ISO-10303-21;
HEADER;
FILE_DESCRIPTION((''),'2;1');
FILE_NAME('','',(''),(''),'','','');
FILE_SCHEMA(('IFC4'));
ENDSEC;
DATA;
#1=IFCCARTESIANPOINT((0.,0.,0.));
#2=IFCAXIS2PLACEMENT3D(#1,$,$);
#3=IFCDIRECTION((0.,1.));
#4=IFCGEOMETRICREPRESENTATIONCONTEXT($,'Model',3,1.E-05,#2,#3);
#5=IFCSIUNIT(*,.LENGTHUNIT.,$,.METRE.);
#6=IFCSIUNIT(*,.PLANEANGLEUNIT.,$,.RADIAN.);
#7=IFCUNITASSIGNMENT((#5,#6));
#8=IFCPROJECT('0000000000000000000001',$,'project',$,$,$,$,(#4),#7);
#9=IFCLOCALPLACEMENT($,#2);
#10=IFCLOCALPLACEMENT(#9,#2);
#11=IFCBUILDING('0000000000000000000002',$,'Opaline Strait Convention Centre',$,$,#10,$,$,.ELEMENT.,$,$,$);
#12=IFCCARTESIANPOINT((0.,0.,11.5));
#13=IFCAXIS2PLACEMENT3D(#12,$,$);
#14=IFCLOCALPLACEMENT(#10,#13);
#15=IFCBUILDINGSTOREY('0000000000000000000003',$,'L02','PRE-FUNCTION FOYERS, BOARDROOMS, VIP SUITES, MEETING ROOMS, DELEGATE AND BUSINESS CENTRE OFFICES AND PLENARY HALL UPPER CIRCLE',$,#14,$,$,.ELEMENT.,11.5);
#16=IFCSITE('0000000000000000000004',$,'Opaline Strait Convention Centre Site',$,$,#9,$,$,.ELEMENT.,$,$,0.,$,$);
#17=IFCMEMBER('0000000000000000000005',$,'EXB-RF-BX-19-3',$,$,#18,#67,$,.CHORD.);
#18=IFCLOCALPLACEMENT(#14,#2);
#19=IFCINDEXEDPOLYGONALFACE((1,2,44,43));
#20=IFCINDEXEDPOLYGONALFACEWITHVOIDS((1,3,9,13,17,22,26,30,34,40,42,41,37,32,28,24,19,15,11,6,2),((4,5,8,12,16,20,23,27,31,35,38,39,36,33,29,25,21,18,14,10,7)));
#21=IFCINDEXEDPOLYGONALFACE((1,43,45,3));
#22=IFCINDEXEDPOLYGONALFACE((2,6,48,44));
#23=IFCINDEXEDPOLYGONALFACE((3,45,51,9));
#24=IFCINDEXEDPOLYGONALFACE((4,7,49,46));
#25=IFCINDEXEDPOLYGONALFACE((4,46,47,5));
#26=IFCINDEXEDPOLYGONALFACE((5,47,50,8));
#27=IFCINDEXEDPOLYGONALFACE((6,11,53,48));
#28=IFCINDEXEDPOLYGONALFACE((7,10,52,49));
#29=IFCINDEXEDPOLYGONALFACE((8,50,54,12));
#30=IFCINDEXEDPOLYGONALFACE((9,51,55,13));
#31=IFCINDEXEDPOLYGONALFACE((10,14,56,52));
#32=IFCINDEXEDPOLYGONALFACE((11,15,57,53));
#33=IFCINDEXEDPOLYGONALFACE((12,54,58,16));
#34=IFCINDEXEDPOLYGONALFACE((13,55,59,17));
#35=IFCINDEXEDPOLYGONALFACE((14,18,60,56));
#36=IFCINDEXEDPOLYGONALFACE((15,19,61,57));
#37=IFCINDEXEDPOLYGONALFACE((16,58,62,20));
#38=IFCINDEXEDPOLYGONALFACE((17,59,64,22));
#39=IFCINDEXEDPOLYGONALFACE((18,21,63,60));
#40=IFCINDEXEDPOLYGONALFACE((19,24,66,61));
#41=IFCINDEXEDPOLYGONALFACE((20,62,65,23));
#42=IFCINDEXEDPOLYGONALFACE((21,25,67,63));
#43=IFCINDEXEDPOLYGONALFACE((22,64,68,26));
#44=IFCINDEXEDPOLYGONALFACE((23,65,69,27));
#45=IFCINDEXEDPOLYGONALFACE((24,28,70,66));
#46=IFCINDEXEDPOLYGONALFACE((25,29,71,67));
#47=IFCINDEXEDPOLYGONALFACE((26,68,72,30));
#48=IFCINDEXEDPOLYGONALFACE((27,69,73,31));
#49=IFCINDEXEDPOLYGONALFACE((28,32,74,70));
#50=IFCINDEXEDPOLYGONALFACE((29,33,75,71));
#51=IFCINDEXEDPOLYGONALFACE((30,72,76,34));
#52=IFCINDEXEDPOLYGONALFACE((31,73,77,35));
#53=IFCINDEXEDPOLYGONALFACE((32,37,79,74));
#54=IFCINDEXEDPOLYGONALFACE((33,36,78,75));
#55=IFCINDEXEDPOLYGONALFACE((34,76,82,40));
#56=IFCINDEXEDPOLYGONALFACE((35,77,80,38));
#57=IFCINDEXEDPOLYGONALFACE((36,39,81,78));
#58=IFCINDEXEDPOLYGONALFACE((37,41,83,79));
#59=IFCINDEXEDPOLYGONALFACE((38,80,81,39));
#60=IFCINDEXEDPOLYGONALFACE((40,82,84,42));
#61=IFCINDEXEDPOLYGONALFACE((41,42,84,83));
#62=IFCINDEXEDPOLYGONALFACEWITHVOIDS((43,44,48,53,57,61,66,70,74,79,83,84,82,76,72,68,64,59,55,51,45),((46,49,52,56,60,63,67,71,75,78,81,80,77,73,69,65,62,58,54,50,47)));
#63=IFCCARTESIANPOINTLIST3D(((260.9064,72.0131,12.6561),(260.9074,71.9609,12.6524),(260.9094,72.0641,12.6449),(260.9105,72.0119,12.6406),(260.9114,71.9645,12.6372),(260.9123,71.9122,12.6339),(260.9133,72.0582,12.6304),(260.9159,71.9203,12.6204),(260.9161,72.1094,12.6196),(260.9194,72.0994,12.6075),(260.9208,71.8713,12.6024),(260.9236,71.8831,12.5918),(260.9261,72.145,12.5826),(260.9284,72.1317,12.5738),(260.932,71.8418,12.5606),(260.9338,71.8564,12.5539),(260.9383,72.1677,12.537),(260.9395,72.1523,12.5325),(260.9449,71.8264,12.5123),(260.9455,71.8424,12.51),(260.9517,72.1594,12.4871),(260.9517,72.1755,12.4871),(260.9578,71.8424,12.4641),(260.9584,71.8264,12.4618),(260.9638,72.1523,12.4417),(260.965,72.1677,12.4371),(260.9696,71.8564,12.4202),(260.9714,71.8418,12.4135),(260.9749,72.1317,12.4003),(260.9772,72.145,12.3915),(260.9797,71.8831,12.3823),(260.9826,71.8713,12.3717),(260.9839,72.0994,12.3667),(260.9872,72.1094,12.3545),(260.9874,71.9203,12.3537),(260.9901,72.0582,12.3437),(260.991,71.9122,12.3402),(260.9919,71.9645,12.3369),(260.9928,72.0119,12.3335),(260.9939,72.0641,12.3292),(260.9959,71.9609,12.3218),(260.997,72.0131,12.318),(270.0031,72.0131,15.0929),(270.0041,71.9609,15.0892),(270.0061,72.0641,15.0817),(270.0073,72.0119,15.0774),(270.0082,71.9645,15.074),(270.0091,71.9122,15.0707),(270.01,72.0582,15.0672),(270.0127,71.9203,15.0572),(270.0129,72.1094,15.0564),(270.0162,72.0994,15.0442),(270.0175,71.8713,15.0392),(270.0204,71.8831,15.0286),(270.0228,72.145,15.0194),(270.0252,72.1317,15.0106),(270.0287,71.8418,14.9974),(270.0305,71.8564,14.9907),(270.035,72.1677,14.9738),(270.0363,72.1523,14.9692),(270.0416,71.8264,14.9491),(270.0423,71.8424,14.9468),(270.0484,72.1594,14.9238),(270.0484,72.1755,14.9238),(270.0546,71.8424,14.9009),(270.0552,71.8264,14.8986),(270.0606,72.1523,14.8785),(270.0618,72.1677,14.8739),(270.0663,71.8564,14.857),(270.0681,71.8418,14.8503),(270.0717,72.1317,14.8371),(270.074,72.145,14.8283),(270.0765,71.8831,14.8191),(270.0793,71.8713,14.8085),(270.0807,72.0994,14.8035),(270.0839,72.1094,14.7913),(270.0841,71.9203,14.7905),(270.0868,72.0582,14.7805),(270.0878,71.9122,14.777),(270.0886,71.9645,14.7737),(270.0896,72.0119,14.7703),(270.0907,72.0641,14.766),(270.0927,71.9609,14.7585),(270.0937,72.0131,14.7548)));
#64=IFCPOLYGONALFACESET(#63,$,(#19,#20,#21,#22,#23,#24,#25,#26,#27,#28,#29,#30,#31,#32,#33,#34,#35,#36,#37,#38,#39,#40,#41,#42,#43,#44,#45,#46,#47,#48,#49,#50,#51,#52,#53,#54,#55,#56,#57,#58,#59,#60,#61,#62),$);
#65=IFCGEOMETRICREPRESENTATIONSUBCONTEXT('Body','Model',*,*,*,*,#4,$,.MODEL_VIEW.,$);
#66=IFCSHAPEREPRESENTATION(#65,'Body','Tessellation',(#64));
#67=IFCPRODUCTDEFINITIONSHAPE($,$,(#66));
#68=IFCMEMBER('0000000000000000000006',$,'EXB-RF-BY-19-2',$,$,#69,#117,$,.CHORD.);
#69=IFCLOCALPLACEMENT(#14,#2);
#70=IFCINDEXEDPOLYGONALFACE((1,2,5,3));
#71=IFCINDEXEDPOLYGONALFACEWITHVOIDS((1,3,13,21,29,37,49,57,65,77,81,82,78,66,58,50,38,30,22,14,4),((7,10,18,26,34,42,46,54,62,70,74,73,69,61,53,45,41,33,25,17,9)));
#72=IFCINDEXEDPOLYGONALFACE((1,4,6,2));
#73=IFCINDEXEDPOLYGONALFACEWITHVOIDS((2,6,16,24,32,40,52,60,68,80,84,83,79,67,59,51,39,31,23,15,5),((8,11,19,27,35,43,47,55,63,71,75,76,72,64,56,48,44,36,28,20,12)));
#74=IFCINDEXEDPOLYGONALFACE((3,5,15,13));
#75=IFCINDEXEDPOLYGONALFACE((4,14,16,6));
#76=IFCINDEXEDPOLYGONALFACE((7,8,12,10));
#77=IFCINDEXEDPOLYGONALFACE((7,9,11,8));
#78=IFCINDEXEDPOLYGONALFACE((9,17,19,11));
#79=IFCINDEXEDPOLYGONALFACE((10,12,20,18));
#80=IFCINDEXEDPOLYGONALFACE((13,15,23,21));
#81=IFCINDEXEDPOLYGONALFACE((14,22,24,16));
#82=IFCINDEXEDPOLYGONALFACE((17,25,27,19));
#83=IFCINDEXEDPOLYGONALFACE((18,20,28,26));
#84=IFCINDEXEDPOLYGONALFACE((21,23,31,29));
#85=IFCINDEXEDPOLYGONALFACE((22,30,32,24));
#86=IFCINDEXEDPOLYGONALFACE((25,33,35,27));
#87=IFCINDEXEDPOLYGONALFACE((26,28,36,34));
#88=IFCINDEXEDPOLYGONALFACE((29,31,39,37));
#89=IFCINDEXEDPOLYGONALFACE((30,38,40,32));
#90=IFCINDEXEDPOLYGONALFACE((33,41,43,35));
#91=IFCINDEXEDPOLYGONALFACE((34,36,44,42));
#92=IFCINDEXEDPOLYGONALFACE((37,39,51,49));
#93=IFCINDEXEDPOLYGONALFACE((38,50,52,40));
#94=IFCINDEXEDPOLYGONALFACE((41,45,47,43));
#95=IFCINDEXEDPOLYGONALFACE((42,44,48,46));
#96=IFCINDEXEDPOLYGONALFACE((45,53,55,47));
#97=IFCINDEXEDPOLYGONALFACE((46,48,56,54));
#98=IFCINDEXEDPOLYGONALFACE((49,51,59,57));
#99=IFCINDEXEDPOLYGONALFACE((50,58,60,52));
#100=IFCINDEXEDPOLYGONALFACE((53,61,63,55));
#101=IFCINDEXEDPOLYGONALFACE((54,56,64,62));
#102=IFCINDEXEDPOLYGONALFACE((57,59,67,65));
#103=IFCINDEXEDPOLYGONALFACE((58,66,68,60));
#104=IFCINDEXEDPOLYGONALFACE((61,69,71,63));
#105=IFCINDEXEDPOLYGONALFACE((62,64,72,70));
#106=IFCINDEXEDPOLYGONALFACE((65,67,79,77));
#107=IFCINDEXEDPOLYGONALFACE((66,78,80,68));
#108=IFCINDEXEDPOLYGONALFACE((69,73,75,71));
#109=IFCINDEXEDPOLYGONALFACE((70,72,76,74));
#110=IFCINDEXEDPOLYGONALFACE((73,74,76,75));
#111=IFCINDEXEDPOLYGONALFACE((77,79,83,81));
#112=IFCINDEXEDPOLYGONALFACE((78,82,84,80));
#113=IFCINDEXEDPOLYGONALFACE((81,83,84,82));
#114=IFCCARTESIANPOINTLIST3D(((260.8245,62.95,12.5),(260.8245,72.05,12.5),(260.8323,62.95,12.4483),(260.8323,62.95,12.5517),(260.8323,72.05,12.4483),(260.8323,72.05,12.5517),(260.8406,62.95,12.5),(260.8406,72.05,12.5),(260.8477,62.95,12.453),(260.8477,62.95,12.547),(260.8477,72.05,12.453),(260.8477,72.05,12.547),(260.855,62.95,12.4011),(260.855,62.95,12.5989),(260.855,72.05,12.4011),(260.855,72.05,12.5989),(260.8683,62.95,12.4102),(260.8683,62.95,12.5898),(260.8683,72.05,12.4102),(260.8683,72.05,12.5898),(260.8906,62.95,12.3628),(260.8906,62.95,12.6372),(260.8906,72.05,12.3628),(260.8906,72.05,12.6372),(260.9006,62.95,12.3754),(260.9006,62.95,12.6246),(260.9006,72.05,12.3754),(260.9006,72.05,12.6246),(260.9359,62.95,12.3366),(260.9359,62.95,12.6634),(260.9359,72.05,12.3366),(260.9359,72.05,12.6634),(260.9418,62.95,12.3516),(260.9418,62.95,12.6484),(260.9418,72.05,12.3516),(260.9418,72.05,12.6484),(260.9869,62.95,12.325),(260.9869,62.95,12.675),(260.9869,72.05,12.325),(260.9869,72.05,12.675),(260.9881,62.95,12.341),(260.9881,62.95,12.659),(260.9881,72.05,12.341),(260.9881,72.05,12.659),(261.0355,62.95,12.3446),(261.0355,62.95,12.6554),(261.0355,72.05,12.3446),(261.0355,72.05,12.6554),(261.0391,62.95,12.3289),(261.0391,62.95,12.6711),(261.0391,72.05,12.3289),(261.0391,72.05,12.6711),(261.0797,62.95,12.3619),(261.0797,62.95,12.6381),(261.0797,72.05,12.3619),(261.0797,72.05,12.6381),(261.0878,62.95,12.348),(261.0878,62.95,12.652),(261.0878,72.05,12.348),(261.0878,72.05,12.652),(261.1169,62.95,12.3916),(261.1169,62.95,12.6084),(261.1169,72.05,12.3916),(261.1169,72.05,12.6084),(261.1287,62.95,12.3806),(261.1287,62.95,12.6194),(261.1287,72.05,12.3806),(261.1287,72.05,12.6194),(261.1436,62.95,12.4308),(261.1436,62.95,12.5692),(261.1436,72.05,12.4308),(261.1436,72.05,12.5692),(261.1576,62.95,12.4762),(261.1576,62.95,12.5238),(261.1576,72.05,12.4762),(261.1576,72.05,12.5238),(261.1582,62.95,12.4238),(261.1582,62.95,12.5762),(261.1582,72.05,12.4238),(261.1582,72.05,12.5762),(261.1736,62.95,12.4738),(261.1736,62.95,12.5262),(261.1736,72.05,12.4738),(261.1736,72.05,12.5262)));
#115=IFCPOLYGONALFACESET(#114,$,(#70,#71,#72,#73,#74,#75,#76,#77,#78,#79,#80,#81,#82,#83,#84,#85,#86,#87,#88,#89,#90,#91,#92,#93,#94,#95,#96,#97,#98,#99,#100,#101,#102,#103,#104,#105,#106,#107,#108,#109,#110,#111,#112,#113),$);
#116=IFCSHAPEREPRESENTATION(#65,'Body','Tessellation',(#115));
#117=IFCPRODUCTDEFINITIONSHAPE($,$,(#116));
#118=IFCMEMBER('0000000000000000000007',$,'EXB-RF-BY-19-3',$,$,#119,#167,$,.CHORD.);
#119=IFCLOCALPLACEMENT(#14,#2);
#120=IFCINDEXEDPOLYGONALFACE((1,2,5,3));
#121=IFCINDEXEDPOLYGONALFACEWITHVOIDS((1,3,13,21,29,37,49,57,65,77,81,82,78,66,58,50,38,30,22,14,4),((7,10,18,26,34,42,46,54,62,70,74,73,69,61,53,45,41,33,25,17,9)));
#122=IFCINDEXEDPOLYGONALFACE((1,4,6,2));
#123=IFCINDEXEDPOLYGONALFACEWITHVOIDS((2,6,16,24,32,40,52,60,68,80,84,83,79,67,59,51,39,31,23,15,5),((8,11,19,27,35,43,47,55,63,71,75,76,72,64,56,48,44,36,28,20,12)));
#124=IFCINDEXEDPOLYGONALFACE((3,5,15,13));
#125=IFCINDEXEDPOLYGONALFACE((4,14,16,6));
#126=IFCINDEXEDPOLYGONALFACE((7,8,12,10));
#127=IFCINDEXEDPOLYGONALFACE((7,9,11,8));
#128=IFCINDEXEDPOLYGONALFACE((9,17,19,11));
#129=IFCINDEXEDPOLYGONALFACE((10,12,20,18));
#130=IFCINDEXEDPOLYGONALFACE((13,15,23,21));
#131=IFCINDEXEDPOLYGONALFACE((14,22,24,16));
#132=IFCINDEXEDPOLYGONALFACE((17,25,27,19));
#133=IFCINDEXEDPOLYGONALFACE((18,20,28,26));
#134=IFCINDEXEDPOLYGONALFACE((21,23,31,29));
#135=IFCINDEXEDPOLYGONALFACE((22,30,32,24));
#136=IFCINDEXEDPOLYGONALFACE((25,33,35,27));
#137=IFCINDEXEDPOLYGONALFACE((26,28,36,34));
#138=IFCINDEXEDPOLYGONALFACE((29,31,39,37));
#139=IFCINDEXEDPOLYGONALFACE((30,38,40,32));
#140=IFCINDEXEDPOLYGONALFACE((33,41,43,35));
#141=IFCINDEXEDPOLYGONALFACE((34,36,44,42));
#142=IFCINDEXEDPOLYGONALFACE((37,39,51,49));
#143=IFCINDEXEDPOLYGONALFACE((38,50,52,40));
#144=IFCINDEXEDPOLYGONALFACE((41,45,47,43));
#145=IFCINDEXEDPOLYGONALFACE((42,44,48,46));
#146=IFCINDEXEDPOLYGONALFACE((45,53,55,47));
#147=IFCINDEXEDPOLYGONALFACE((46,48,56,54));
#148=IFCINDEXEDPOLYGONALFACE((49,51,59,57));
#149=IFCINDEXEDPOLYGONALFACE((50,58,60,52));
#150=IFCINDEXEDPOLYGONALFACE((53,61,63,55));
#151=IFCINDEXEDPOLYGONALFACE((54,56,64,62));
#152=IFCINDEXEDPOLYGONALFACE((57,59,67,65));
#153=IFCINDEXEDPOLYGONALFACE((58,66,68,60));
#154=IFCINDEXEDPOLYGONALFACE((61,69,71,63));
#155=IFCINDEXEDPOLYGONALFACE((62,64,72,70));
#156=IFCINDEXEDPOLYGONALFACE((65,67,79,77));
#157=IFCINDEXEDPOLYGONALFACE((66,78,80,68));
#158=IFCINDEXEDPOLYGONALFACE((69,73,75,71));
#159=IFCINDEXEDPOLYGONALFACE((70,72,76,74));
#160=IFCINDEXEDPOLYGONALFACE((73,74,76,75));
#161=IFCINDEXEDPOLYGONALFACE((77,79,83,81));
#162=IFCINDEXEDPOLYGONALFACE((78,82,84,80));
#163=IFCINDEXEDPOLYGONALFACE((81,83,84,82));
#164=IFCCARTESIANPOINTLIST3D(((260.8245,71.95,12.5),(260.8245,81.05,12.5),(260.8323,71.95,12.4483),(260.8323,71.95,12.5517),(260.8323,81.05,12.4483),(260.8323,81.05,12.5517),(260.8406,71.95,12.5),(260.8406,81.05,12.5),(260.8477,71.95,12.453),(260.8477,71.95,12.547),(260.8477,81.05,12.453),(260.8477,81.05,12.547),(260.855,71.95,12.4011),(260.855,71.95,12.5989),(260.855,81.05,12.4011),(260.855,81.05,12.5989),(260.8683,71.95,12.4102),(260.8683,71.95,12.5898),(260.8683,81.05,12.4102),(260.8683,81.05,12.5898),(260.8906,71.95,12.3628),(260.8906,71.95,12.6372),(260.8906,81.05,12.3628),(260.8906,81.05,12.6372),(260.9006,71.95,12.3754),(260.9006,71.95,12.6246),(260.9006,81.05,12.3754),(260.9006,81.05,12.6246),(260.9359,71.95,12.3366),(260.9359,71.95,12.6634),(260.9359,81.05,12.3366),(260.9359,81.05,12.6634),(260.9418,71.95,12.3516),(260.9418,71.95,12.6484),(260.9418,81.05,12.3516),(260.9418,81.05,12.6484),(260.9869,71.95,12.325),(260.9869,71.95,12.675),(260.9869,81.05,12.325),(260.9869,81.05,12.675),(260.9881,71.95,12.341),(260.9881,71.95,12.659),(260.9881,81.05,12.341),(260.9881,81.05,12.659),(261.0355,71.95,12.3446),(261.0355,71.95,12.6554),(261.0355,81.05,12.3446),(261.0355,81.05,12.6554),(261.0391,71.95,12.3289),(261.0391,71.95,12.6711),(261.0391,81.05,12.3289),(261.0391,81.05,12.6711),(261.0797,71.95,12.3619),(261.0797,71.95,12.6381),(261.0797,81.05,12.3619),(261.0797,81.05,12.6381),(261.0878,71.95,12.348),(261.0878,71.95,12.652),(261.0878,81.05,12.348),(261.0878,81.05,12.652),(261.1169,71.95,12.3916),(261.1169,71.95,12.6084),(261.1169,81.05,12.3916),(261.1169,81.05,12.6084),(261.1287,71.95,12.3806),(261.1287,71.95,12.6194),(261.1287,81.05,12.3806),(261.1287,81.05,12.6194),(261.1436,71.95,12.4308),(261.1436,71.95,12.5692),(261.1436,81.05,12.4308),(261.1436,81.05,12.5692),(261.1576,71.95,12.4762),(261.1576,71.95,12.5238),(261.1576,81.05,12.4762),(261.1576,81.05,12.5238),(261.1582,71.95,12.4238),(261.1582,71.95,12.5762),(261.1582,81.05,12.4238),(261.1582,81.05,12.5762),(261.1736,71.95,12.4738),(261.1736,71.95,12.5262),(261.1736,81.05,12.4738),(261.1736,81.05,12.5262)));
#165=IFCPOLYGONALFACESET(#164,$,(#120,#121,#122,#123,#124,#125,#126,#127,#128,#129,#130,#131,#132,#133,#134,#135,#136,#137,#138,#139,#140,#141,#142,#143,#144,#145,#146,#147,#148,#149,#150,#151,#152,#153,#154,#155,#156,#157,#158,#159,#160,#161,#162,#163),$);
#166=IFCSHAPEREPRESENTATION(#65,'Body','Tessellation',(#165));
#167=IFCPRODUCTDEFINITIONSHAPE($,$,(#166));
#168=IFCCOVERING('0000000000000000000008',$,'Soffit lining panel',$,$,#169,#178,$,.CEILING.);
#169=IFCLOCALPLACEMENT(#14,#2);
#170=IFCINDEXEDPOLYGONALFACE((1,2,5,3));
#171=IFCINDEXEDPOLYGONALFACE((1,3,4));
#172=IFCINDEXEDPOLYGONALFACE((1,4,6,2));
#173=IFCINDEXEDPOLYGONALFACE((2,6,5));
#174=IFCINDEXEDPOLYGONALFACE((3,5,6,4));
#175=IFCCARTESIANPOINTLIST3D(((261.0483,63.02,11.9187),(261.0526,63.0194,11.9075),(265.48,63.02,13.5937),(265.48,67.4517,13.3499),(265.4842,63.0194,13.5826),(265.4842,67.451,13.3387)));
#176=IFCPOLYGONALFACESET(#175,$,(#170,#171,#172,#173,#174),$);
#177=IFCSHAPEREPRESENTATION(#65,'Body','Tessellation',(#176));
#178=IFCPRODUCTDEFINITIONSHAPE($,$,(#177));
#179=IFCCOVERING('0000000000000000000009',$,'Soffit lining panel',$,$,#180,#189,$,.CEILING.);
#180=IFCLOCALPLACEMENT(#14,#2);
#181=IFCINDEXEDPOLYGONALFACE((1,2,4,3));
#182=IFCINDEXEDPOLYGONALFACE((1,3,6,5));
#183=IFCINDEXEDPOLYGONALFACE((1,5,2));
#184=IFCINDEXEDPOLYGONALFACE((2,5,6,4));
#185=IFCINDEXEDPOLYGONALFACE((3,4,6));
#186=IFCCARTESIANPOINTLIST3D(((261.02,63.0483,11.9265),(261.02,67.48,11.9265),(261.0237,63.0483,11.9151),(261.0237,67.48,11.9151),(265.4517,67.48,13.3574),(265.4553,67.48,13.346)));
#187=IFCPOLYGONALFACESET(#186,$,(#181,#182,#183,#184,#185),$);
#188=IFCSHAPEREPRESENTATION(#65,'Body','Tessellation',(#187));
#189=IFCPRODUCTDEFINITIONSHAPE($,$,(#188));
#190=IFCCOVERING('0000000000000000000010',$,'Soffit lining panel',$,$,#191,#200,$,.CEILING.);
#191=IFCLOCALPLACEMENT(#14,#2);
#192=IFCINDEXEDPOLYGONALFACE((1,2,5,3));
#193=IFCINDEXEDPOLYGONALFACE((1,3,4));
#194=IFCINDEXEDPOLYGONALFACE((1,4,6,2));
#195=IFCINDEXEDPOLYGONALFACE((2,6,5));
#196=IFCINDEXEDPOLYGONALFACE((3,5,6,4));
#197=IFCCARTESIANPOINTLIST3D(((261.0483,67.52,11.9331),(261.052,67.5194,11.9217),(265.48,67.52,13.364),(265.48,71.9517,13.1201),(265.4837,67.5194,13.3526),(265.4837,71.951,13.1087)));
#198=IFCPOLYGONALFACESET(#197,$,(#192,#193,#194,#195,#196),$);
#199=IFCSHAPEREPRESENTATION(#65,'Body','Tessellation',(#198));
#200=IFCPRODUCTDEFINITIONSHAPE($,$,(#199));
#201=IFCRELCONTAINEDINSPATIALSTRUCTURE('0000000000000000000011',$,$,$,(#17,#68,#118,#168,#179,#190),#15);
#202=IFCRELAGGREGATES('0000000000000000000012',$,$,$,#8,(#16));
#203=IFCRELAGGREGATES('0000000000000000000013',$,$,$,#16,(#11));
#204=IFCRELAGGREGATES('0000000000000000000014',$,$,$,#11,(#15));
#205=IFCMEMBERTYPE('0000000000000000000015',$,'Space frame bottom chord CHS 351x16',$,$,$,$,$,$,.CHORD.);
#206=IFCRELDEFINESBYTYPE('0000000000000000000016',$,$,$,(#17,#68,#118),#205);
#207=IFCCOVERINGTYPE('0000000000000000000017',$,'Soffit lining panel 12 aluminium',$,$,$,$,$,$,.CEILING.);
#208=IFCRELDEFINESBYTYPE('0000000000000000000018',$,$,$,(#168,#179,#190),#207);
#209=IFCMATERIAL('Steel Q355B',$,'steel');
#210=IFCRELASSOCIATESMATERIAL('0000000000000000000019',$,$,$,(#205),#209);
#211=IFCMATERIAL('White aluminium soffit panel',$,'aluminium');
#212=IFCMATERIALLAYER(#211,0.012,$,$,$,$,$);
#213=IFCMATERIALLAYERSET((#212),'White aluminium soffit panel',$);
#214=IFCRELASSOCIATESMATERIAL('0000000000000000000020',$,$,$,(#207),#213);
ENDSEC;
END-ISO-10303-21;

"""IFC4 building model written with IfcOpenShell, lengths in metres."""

from ifc_helpers import new_model, si_unit, direction, frame, origin, origin_2d, place, context, subcontext, project, spatial, polyline, hollow_circle, outline, extrude, material, layer, layer_set, material_profile, profile_set, type_object, element, save


model = new_model("IFC4")

# Units and contexts
model_context = context("Model", 3, precision=1e-05, world=origin(), true_north=direction((0.0, 1.0)))
body_context = subcontext(model_context, "Body", "Model", "MODEL_VIEW")
ifc_project = project(units=[si_unit("LENGTHUNIT", "METRE"), si_unit("PLANEANGLEUNIT", "RADIAN")], contexts=[model_context])

# Site, building, storey
site_placement = place(None, origin())
site = spatial("IfcSite", under=ifc_project, at=site_placement, Name="Opaline Strait Convention Centre Site", CompositionType="ELEMENT", RefElevation=0.0)
building_placement = place(site_placement, origin())
building = spatial("IfcBuilding", under=site, at=building_placement, Name="Opaline Strait Convention Centre", CompositionType="ELEMENT")
storey_placement = place(building_placement, frame((0.0, 0.0, 11.5)))
storey = spatial("IfcBuildingStorey", under=building, at=storey_placement, Name="L02", Description="PRE-FUNCTION FOYERS, BOARDROOMS, VIP SUITES, MEETING ROOMS, DELEGATE AND BUSINESS CENTRE OFFICES AND PLENARY HALL UPPER CIRCLE", CompositionType="ELEMENT", Elevation=11.5)

# Members
ifc_material_1 = material(Name="Steel Q355B", Category="steel")
ifc_material_profile_1 = material_profile(ifc_material_1, hollow_circle(Radius=0.1755, WallThickness=0.0161, at=origin_2d()), Name="CHS 351x16")
ifc_profile_set_1 = profile_set([ifc_material_profile_1], Name="Steel Q355B")
member_type_1 = type_object("IfcMemberType", Name="Space frame bottom chord CHS 351x16", PredefinedType="CHORD", material=ifc_profile_set_1)
member_1_placement = place(storey_placement, frame((260.9517, 72.0, 12.4871), z_axis=(0.965944, 0.0, 0.258752), x_axis=(0.0, 1.0, 0.0)))
element("IfcMember", 1, at=member_1_placement, inside=storey, type_object=member_type_1, Name="EXB-RF-BX-19-3", PredefinedType="CHORD", context=body_context, shape_type="SweptSolid", body=[
    extrude(hollow_circle(Radius=0.1755, WallThickness=0.0161, at=origin_2d()), origin(), (0.0, 0.0, 1.0), 9.4175),
])
for number, where, z_axis, x_axis, name in (
    (2, (261.0, 62.95, 12.5), (0.0, 1.0, 0.0), (-1.0, 0.0, 0.0), "EXB-RF-BY-19-2"),
    (3, (261.0, 71.95, 12.5), (0.0, 1.0, 0.0), (-1.0, 0.0, 0.0), "EXB-RF-BY-19-3"),
):
    element("IfcMember", number, at=place(storey_placement, frame(where, z_axis=z_axis, x_axis=x_axis)), inside=storey, type_object=member_type_1, Name=name, PredefinedType="CHORD", context=body_context, shape_type="SweptSolid", body=[
        extrude(hollow_circle(Radius=0.1755, WallThickness=0.0161, at=origin_2d()), origin(), (0.0, 0.0, 1.0), 9.1001),
    ])

# Coverings
ifc_material_2 = material(Name="White aluminium soffit panel", Category="aluminium")
ifc_layer = layer(ifc_material_2, 0.012)
ifc_layer_set = layer_set([ifc_layer], Name="White aluminium soffit panel")
covering_type = type_object("IfcCoveringType", Name="Soffit lining panel 12 aluminium", PredefinedType="CEILING", material=ifc_layer_set)
covering_1_placement = place(storey_placement, frame((261.0483, 63.02, 11.9187), z_axis=(-0.353094, 0.051413, 0.934174), x_axis=(0.689362, 0.689362, 0.222622)))
element("IfcCovering", 4, at=covering_1_placement, inside=storey, type_object=covering_type, Name="Soffit lining panel", PredefinedType="CEILING", context=body_context, shape_type="SweptSolid", body=[
    extrude(outline(polyline([(0.0, 0.0), (6.4286, 0.0), (3.4279, -3.2703), (0.0, 0.0)])), origin(), (0.0, 0.0, -1.0), 0.012),
])
covering_2_placement = place(storey_placement, frame((261.02, 63.0483, 11.9265), z_axis=(-0.307265, 0.0, 0.951624), x_axis=(0.0, 1.0, 0.0)))
element("IfcCovering", 5, at=covering_2_placement, inside=storey, type_object=covering_type, Name="Soffit lining panel", PredefinedType="CEILING", context=body_context, shape_type="SweptSolid", body=[
    extrude(outline(polyline([(0.0, 0.0), (4.4316, 0.0), (4.4316, -4.6569), (0.0, 0.0)])), origin(), (0.0, 0.0, -1.0), 0.012),
])
covering_3_placement = place(storey_placement, frame((261.0483, 67.52, 11.9331), z_axis=(-0.306844, 0.052301, 0.950322), x_axis=(0.694756, 0.694756, 0.18609)))
element("IfcCovering", 6, at=covering_3_placement, inside=storey, type_object=covering_type, Name="Soffit lining panel", PredefinedType="CEILING", context=body_context, shape_type="SweptSolid", body=[
    extrude(outline(polyline([(0.0, 0.0), (6.3787, 0.0), (3.3452, -3.2399), (0.0, 0.0)])), origin(), (0.0, 0.0, -1.0), 0.012),
])

save(model, "model.ifc")
